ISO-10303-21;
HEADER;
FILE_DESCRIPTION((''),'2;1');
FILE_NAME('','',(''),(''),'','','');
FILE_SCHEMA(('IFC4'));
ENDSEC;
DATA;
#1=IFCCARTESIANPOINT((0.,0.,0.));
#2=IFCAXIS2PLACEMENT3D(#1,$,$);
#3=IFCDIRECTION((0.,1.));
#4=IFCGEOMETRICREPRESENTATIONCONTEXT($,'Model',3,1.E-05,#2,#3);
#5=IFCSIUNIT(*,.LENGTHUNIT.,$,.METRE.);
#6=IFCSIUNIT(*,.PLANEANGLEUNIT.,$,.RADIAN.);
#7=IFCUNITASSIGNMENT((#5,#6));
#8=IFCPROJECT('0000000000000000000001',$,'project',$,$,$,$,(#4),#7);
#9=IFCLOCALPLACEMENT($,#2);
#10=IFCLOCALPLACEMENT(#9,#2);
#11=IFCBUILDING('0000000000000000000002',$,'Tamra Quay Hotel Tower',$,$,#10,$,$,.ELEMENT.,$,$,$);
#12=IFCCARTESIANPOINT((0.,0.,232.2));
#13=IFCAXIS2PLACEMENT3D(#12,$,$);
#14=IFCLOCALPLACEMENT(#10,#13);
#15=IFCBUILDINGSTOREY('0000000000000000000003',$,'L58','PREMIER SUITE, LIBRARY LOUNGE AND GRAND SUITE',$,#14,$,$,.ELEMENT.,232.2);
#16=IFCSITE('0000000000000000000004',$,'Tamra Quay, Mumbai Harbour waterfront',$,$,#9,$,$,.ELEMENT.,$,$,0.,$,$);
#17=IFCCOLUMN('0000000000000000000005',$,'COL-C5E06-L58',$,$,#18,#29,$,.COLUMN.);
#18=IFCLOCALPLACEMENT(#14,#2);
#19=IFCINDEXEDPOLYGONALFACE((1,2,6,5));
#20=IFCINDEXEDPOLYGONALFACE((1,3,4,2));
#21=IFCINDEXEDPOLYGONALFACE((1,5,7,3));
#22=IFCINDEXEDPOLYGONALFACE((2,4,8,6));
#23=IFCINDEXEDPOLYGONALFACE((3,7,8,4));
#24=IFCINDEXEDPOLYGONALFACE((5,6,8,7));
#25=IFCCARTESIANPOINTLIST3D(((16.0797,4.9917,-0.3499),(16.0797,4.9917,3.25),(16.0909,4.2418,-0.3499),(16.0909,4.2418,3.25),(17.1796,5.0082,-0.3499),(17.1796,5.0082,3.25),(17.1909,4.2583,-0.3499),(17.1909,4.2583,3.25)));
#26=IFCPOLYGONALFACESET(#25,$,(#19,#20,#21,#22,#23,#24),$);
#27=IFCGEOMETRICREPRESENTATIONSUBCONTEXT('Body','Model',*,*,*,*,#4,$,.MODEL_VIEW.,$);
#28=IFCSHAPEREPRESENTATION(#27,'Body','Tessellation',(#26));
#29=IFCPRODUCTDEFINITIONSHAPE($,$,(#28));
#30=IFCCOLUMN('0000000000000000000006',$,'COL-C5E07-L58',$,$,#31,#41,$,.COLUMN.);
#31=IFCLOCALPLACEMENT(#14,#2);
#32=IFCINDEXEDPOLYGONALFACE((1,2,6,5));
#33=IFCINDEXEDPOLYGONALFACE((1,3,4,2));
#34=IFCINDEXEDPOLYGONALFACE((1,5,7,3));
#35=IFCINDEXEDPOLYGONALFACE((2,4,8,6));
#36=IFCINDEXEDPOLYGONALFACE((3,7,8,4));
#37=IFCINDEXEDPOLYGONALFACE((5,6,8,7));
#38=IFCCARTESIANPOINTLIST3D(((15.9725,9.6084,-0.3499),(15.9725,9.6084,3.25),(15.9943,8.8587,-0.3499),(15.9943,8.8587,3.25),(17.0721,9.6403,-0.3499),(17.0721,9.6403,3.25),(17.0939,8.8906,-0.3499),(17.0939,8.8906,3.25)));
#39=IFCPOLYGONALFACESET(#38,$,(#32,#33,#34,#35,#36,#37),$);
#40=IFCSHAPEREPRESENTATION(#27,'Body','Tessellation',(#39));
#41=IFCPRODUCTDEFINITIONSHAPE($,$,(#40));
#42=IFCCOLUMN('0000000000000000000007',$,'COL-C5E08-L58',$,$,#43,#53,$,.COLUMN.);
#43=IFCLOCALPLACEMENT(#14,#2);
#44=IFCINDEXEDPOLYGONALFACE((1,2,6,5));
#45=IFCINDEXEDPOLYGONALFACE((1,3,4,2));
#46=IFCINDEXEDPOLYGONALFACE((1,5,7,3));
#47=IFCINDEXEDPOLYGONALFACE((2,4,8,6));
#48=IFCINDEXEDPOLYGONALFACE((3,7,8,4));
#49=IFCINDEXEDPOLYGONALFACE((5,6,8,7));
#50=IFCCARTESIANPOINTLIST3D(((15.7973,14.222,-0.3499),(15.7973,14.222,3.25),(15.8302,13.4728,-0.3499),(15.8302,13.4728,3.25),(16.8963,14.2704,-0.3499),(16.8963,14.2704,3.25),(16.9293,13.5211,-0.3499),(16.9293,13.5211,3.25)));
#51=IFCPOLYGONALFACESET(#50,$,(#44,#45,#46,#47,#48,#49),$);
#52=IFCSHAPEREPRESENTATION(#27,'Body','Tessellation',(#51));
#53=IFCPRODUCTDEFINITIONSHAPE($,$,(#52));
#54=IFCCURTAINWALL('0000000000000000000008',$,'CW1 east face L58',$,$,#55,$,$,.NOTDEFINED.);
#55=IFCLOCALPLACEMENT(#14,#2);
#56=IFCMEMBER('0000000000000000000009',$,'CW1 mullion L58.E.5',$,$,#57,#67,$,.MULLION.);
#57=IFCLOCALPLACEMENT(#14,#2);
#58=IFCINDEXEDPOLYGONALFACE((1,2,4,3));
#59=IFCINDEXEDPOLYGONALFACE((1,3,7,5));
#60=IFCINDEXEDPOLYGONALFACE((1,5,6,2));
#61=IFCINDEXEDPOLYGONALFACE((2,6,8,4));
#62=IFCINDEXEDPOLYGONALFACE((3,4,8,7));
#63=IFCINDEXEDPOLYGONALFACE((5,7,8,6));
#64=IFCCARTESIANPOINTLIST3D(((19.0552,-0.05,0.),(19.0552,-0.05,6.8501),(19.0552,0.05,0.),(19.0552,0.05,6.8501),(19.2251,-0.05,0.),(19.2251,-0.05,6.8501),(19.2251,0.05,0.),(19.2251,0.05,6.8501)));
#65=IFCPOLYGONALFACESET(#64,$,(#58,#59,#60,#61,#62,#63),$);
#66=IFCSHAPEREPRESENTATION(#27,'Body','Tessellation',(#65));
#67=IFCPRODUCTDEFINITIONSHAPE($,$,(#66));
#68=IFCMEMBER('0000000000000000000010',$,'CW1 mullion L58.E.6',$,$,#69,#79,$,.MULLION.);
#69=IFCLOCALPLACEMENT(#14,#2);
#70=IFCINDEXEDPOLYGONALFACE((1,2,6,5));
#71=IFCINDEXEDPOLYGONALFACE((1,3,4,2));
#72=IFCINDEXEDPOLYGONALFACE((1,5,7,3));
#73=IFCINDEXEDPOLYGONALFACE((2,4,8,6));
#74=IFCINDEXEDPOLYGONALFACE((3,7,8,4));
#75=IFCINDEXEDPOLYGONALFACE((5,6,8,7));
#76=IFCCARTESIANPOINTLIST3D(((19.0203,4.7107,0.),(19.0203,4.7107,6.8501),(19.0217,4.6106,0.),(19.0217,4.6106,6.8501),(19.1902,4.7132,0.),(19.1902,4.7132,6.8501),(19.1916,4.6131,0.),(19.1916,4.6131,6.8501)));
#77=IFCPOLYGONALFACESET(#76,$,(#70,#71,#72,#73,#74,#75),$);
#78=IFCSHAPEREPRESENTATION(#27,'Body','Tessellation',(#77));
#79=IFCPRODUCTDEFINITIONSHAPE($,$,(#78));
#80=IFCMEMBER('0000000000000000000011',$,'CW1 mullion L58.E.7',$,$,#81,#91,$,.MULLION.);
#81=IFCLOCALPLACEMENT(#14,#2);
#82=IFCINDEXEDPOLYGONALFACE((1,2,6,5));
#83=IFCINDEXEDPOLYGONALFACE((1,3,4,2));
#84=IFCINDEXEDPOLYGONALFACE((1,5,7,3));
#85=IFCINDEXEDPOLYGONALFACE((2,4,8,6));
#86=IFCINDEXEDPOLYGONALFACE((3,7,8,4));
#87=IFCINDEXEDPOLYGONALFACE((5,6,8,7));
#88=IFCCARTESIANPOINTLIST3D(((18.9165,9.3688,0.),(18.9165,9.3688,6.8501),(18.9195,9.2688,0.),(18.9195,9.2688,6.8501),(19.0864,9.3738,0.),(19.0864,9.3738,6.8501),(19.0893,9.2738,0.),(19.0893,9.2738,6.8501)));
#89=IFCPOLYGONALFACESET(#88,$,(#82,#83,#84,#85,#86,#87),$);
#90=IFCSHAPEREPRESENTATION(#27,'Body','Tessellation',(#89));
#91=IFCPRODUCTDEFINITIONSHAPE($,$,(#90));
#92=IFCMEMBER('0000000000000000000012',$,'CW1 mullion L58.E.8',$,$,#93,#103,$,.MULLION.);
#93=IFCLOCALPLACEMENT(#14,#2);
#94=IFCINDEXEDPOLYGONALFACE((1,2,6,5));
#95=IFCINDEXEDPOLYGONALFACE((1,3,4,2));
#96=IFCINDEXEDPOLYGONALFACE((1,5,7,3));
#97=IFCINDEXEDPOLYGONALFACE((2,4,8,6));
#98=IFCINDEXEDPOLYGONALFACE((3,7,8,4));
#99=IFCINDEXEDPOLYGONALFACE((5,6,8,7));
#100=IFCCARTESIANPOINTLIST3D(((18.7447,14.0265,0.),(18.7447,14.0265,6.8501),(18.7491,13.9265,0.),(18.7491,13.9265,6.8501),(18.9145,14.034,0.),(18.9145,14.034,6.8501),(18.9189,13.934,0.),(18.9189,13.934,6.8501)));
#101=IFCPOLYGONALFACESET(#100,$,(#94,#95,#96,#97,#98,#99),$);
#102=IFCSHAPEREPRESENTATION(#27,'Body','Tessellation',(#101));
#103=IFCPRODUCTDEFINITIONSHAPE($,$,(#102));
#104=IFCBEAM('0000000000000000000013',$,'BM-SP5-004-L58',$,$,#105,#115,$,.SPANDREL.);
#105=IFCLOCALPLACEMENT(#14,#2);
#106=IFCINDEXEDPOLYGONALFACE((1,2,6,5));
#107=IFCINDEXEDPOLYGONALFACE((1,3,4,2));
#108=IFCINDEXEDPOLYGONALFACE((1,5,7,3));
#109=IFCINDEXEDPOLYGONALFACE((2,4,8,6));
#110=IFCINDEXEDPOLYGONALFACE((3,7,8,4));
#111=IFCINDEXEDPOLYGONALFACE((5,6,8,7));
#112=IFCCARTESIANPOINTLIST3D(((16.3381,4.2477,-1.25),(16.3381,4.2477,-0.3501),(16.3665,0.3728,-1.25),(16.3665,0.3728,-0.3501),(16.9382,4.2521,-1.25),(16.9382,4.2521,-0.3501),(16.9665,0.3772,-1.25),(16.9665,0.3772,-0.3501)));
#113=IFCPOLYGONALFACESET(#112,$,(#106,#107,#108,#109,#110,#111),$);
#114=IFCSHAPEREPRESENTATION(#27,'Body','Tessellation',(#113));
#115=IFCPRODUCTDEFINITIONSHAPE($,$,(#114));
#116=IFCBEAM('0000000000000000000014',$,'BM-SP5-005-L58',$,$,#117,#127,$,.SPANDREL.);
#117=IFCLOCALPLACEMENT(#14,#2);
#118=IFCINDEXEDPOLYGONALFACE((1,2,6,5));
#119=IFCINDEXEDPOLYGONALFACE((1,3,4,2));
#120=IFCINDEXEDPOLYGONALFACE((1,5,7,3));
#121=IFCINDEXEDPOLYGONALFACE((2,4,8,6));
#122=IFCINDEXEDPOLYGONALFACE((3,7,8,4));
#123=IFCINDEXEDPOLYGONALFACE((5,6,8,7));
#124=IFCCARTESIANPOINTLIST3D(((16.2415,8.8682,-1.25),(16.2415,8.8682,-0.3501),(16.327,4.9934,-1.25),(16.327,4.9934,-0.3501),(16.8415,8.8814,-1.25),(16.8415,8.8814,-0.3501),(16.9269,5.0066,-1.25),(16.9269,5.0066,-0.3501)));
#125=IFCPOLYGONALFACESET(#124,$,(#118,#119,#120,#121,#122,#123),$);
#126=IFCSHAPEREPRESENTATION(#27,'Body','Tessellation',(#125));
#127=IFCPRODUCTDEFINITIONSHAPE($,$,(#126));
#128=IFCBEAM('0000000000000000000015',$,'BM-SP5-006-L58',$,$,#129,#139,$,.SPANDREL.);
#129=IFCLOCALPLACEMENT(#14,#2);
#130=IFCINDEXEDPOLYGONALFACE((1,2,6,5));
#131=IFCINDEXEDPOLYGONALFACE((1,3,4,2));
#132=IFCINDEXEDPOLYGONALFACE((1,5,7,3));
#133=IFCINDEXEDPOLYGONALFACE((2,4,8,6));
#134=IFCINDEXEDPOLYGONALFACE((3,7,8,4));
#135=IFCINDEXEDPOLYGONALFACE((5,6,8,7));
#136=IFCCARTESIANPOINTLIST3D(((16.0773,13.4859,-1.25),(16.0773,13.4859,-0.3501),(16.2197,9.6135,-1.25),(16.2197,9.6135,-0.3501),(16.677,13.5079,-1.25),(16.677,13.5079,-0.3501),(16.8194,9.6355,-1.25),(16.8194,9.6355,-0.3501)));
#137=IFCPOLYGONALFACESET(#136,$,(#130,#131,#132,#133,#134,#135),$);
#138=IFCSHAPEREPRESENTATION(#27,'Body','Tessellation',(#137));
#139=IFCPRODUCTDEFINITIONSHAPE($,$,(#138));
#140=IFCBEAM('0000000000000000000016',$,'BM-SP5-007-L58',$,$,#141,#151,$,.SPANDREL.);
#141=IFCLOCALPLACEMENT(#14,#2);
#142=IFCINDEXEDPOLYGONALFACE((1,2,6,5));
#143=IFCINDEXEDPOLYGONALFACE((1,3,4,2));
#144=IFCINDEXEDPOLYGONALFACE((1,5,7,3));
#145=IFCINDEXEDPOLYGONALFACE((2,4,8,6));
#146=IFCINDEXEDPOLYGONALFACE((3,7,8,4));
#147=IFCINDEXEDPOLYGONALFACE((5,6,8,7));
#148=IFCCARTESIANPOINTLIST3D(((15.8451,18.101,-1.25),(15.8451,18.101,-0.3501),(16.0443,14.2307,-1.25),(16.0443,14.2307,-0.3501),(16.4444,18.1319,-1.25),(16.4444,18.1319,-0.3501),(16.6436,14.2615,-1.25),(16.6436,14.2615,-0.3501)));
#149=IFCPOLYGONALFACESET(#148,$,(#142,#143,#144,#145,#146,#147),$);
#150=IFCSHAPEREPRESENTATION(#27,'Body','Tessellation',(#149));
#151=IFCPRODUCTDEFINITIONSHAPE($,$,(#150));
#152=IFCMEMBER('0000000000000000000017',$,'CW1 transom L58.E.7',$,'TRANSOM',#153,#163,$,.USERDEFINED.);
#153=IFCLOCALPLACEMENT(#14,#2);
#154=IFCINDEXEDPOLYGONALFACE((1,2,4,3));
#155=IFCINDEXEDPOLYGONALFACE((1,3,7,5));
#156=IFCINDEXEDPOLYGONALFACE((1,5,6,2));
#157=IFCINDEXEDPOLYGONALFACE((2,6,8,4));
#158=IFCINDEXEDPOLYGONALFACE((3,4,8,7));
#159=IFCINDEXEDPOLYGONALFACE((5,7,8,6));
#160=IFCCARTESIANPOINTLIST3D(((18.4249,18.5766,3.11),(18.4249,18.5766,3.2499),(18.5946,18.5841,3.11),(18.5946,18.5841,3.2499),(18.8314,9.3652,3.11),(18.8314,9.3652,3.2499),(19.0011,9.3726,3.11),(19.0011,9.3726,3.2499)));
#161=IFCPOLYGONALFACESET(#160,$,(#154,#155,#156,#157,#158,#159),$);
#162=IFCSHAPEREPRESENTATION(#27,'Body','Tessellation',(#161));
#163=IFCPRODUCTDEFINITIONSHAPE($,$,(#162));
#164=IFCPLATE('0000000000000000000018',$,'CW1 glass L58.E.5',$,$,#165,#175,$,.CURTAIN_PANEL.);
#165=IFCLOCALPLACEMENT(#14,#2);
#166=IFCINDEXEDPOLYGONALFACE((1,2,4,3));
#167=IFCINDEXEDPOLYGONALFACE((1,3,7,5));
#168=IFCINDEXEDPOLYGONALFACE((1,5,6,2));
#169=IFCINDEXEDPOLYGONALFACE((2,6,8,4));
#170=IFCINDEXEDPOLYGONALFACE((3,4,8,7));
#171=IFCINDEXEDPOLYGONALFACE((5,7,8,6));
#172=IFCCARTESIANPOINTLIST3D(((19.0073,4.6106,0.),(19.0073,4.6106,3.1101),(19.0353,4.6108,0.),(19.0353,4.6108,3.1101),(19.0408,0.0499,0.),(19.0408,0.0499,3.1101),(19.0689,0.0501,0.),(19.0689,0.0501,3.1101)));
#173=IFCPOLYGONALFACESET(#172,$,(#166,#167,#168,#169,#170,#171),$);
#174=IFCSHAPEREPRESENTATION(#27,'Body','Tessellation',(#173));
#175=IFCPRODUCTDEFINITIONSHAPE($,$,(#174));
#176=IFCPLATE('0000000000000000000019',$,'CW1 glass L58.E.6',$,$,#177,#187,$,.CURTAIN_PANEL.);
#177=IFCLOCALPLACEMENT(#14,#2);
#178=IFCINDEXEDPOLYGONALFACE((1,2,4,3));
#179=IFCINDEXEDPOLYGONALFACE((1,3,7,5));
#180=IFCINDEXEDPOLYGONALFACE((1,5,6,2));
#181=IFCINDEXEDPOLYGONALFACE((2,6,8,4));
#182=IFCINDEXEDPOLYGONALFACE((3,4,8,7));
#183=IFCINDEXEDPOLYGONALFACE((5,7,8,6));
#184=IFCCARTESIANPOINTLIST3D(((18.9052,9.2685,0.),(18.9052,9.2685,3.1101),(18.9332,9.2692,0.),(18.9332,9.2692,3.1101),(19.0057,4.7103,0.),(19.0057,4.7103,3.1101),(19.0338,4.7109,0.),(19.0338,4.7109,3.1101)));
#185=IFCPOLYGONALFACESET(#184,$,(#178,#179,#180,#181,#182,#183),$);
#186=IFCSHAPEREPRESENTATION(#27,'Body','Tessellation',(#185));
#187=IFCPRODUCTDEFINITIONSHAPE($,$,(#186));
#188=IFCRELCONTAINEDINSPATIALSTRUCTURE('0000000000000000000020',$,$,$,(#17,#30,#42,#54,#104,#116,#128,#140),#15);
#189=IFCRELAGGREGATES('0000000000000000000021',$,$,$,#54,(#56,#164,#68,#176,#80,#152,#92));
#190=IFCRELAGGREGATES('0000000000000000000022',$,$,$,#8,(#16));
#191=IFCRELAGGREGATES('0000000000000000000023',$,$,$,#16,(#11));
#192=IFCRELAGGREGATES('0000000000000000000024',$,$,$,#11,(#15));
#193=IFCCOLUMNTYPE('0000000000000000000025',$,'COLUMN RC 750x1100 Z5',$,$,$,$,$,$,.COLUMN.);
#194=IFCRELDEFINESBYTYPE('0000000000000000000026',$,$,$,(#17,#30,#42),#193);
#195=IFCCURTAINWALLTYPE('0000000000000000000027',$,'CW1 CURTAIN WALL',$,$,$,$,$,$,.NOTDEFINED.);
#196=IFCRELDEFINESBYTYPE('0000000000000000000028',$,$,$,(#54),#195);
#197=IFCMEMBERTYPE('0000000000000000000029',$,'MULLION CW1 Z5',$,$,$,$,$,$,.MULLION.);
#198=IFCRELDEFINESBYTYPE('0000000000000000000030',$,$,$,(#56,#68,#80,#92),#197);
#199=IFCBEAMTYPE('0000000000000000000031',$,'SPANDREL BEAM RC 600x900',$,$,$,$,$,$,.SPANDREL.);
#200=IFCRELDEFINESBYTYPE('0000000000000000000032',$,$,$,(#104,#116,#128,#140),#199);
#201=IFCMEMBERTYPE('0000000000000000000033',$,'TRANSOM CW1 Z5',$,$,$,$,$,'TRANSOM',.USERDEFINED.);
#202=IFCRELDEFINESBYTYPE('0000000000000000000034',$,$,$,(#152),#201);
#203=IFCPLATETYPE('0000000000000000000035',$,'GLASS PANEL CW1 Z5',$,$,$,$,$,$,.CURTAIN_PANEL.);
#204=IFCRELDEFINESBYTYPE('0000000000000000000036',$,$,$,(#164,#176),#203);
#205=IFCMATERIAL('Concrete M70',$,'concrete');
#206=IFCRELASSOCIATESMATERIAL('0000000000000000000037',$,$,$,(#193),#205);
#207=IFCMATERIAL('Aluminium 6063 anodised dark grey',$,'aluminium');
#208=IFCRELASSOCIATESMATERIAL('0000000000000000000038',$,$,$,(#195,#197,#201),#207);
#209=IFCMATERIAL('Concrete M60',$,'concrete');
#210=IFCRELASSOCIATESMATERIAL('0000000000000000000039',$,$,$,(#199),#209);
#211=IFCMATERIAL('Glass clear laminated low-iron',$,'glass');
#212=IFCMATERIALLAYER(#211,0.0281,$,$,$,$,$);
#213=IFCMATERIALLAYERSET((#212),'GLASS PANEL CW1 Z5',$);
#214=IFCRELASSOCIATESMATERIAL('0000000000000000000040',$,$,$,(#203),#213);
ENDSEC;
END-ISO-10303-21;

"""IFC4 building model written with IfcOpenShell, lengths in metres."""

from ifc_helpers import new_model, si_unit, direction, frame, origin, origin_2d, place, context, subcontext, project, spatial, rectangle, extrude, material, layer, layer_set, material_profile, profile_set, type_object, element, aggregate, save


model = new_model("IFC4")

# Units and contexts
model_context = context("Model", 3, precision=1e-05, world=origin(), true_north=direction((0.0, 1.0)))
body_context = subcontext(model_context, "Body", "Model", "MODEL_VIEW")
ifc_project = project(units=[si_unit("LENGTHUNIT", "METRE"), si_unit("PLANEANGLEUNIT", "RADIAN")], contexts=[model_context])

# Site, building, storey
site_placement = place(None, origin())
site = spatial("IfcSite", under=ifc_project, at=site_placement, Name="Tamra Quay, Mumbai Harbour waterfront", CompositionType="ELEMENT", RefElevation=0.0)
building_placement = place(site_placement, origin())
building = spatial("IfcBuilding", under=site, at=building_placement, Name="Tamra Quay Hotel Tower", CompositionType="ELEMENT")
storey_placement = place(building_placement, frame((0.0, 0.0, 232.2)))
storey = spatial("IfcBuildingStorey", under=building, at=storey_placement, Name="L58", Description="PREMIER SUITE, LIBRARY LOUNGE AND GRAND SUITE", CompositionType="ELEMENT", Elevation=232.2)

# Columns
ifc_material_1 = material(Name="Concrete M70", Category="concrete")
ifc_material_profile_1 = material_profile(ifc_material_1, rectangle(XDim=1.1001, YDim=0.75, at=origin_2d()), Name="COLUMN RC 750x1100 Z5")
ifc_profile_set_1 = profile_set([ifc_material_profile_1], Name="Concrete M70")
column_type = type_object("IfcColumnType", Name="COLUMN RC 750x1100 Z5", PredefinedType="COLUMN", material=ifc_profile_set_1)
for number, where, z_axis, x_axis, name in (
    (1, (16.6353, 4.625, -0.3499), (0.0, 0.0, 1.0), (0.999888, 0.014959, 0.0), "COL-C5E06-L58"),
    (2, (16.5332, 9.2495, -0.3499), (0.0, 0.0, 1.0), (0.999579, 0.029028, 0.0), "COL-C5E07-L58"),
    (3, (16.3633, 13.8716, -0.3499), (0.0, 0.0, 1.0), (0.999033, 0.043958, 0.0), "COL-C5E08-L58"),
):
    element("IfcColumn", number, at=place(storey_placement, frame(where, z_axis=z_axis, x_axis=x_axis)), inside=storey, type_object=column_type, Name=name, PredefinedType="COLUMN", context=body_context, shape_type="SweptSolid", body=[
        extrude(rectangle(XDim=1.1001, YDim=0.75, at=origin_2d()), origin(), (0.0, 0.0, 1.0), 3.5999),
    ])

# Curtain wall, members
ifc_material_2 = material(Name="Aluminium 6063 anodised dark grey", Category="aluminium")
curtain_wall_type = type_object("IfcCurtainWallType", Name="CW1 CURTAIN WALL", PredefinedType="NOTDEFINED", material=ifc_material_2)
curtain_wall_placement = place(storey_placement, origin())
curtain_wall = element("IfcCurtainWall", 4, at=curtain_wall_placement, inside=storey, type_object=curtain_wall_type, Name="CW1 east face L58", PredefinedType="NOTDEFINED")
ifc_material_profile_2 = material_profile(ifc_material_2, rectangle(XDim=0.1699, YDim=0.1001, at=origin_2d()), Name="MULLION 100X170")
ifc_profile_set_2 = profile_set([ifc_material_profile_2], Name="Aluminium 6063 anodised dark grey")
member_type_1 = type_object("IfcMemberType", Name="MULLION CW1 Z5", PredefinedType="MULLION", material=ifc_profile_set_2)
member_1_placement = place(storey_placement, frame((19.1401, 0.0, 0.0), z_axis=(0.0, 0.0, 1.0), x_axis=(1.0, 0.0, 0.0)))
member_1 = element("IfcMember", 5, at=member_1_placement, type_object=member_type_1, Name="CW1 mullion L58.E.5", PredefinedType="MULLION", context=body_context, shape_type="SweptSolid", body=[
    extrude(rectangle(XDim=0.1699, YDim=0.1001, at=origin_2d()), origin(), (0.0, 0.0, 1.0), 6.8501),
])
member_2_placement = place(storey_placement, frame((19.106, 4.6619, 0.0), z_axis=(0.0, 0.0, 1.0), x_axis=(0.999892, 0.014713, 0.0)))
member_2 = element("IfcMember", 6, at=member_2_placement, type_object=member_type_1, Name="CW1 mullion L58.E.6", PredefinedType="MULLION", context=body_context, shape_type="SweptSolid", body=[
    extrude(rectangle(XDim=0.1699, YDim=0.1001, at=origin_2d()), origin(), (0.0, 0.0, 1.0), 6.8501),
])
member_3_placement = place(storey_placement, frame((19.0029, 9.3213, 0.0), z_axis=(0.0, 0.0, 1.0), x_axis=(0.999568, 0.029404, 0.0)))
member_3 = element("IfcMember", 7, at=member_3_placement, type_object=member_type_1, Name="CW1 mullion L58.E.7", PredefinedType="MULLION", context=body_context, shape_type="SweptSolid", body=[
    extrude(rectangle(XDim=0.1699, YDim=0.1001, at=origin_2d()), origin(), (0.0, 0.0, 1.0), 6.8501),
])
member_4_placement = place(storey_placement, frame((18.8318, 13.9802, 0.0), z_axis=(0.0, 0.0, 1.0), x_axis=(0.999028, 0.044075, 0.0)))
member_4 = element("IfcMember", 8, at=member_4_placement, type_object=member_type_1, Name="CW1 mullion L58.E.8", PredefinedType="MULLION", context=body_context, shape_type="SweptSolid", body=[
    extrude(rectangle(XDim=0.1699, YDim=0.1001, at=origin_2d()), origin(), (0.0, 0.0, 1.0), 6.8501),
])

# Beams
ifc_material_3 = material(Name="Concrete M60", Category="concrete")
ifc_material_profile_3 = material_profile(ifc_material_3, rectangle(XDim=0.6001, YDim=0.8999, at=origin_2d()), Name="SPANDREL BEAM RC 600x900")
ifc_profile_set_3 = profile_set([ifc_material_profile_3], Name="Concrete M60")
beam_type = type_object("IfcBeamType", Name="SPANDREL BEAM RC 600x900", PredefinedType="SPANDREL", material=ifc_profile_set_3)
beam_1_placement = place(storey_placement, frame((16.6665, 0.375, -0.8), z_axis=(-0.007308, 0.999973, 0.0), x_axis=(-0.999973, -0.007308, 0.0)))
element("IfcBeam", 9, at=beam_1_placement, inside=storey, type_object=beam_type, Name="BM-SP5-004-L58", PredefinedType="SPANDREL", context=body_context, shape_type="SweptSolid", body=[
    extrude(rectangle(XDim=0.6001, YDim=0.8999, at=origin_2d()), origin(), (0.0, 0.0, 1.0), 3.875),
])
beam_2_placement = place(storey_placement, frame((16.627, 5.0, -0.8), z_axis=(-0.022047, 0.999757, 0.0), x_axis=(-0.999757, -0.022047, 0.0)))
element("IfcBeam", 10, at=beam_2_placement, inside=storey, type_object=beam_type, Name="BM-SP5-005-L58", PredefinedType="SPANDREL", context=body_context, shape_type="SweptSolid", body=[
    extrude(rectangle(XDim=0.6001, YDim=0.8999, at=origin_2d()), origin(), (0.0, 0.0, 1.0), 3.8757),
])
beam_3_placement = place(storey_placement, frame((16.5195, 9.6245, -0.8), z_axis=(-0.036732, 0.999325, 0.0), x_axis=(-0.999325, -0.036732, 0.0)))
element("IfcBeam", 11, at=beam_3_placement, inside=storey, type_object=beam_type, Name="BM-SP5-006-L58", PredefinedType="SPANDREL", context=body_context, shape_type="SweptSolid", body=[
    extrude(rectangle(XDim=0.6001, YDim=0.8999, at=origin_2d()), origin(), (0.0, 0.0, 1.0), 3.875),
])
beam_4_placement = place(storey_placement, frame((16.344, 14.2461, -0.8), z_axis=(-0.051405, 0.998678, 0.0), x_axis=(-0.998678, -0.051405, 0.0)))
element("IfcBeam", 12, at=beam_4_placement, inside=storey, type_object=beam_type, Name="BM-SP5-007-L58", PredefinedType="SPANDREL", context=body_context, shape_type="SweptSolid", body=[
    extrude(rectangle(XDim=0.6001, YDim=0.8999, at=origin_2d()), origin(), (0.0, 0.0, 1.0), 3.8755),
])

# Member
ifc_material_profile_4 = material_profile(ifc_material_2, rectangle(XDim=0.1699, YDim=0.1399, at=origin_2d()), Name="TRANSOM 170X140")
ifc_profile_set_4 = profile_set([ifc_material_profile_4], Name="Aluminium 6063 anodised dark grey")
member_type_2 = type_object("IfcMemberType", Name="TRANSOM CW1 Z5", ElementType="TRANSOM", PredefinedType="USERDEFINED", material=ifc_profile_set_4)
member_5_placement = place(storey_placement, frame((18.9163, 9.3689, 3.1799), z_axis=(-0.044086, 0.999028, 0.0), x_axis=(-0.999028, -0.044086, 0.0)))
member_5 = element("IfcMember", 13, at=member_5_placement, type_object=member_type_2, Name="CW1 transom L58.E.7", ObjectType="TRANSOM", PredefinedType="USERDEFINED", context=body_context, shape_type="SweptSolid", body=[
    extrude(rectangle(XDim=0.1699, YDim=0.1399, at=origin_2d()), origin(), (0.0, 0.0, 1.0), 9.2205),
])

# Plates
ifc_material_4 = material(Name="Glass clear laminated low-iron", Category="glass")
ifc_layer_1 = layer(ifc_material_4, 0.0281)
ifc_layer_set_1 = layer_set([ifc_layer_1], Name="GLASS PANEL CW1 Z5")
plate_type = type_object("IfcPlateType", Name="GLASS PANEL CW1 Z5", PredefinedType="CURTAIN_PANEL", material=ifc_layer_set_1)
plate_1_placement = place(storey_placement, frame((19.0381, 2.3303, 0.0), z_axis=(0.0, 0.0, 1.0), x_axis=(-0.007362, 0.999973, 0.0)))
plate_1 = element("IfcPlate", 14, at=plate_1_placement, type_object=plate_type, Name="CW1 glass L58.E.5", PredefinedType="CURTAIN_PANEL", context=body_context, shape_type="SweptSolid", body=[
    extrude(rectangle(XDim=4.5608, YDim=0.0281, at=origin_2d()), origin(), (0.0, 0.0, 1.0), 3.1101),
])
plate_2_placement = place(storey_placement, frame((18.9695, 6.9897, 0.0), z_axis=(0.0, 0.0, 1.0), x_axis=(-0.022063, 0.999757, 0.0)))
plate_2 = element("IfcPlate", 15, at=plate_2_placement, type_object=plate_type, Name="CW1 glass L58.E.6", PredefinedType="CURTAIN_PANEL", context=body_context, shape_type="SweptSolid", body=[
    extrude(rectangle(XDim=4.5593, YDim=0.0281, at=origin_2d()), origin(), (0.0, 0.0, 1.0), 3.1101),
])
aggregate(curtain_wall, [member_1, plate_1, member_2, plate_2, member_3, member_5, member_4])

save(model, "model.ifc")
